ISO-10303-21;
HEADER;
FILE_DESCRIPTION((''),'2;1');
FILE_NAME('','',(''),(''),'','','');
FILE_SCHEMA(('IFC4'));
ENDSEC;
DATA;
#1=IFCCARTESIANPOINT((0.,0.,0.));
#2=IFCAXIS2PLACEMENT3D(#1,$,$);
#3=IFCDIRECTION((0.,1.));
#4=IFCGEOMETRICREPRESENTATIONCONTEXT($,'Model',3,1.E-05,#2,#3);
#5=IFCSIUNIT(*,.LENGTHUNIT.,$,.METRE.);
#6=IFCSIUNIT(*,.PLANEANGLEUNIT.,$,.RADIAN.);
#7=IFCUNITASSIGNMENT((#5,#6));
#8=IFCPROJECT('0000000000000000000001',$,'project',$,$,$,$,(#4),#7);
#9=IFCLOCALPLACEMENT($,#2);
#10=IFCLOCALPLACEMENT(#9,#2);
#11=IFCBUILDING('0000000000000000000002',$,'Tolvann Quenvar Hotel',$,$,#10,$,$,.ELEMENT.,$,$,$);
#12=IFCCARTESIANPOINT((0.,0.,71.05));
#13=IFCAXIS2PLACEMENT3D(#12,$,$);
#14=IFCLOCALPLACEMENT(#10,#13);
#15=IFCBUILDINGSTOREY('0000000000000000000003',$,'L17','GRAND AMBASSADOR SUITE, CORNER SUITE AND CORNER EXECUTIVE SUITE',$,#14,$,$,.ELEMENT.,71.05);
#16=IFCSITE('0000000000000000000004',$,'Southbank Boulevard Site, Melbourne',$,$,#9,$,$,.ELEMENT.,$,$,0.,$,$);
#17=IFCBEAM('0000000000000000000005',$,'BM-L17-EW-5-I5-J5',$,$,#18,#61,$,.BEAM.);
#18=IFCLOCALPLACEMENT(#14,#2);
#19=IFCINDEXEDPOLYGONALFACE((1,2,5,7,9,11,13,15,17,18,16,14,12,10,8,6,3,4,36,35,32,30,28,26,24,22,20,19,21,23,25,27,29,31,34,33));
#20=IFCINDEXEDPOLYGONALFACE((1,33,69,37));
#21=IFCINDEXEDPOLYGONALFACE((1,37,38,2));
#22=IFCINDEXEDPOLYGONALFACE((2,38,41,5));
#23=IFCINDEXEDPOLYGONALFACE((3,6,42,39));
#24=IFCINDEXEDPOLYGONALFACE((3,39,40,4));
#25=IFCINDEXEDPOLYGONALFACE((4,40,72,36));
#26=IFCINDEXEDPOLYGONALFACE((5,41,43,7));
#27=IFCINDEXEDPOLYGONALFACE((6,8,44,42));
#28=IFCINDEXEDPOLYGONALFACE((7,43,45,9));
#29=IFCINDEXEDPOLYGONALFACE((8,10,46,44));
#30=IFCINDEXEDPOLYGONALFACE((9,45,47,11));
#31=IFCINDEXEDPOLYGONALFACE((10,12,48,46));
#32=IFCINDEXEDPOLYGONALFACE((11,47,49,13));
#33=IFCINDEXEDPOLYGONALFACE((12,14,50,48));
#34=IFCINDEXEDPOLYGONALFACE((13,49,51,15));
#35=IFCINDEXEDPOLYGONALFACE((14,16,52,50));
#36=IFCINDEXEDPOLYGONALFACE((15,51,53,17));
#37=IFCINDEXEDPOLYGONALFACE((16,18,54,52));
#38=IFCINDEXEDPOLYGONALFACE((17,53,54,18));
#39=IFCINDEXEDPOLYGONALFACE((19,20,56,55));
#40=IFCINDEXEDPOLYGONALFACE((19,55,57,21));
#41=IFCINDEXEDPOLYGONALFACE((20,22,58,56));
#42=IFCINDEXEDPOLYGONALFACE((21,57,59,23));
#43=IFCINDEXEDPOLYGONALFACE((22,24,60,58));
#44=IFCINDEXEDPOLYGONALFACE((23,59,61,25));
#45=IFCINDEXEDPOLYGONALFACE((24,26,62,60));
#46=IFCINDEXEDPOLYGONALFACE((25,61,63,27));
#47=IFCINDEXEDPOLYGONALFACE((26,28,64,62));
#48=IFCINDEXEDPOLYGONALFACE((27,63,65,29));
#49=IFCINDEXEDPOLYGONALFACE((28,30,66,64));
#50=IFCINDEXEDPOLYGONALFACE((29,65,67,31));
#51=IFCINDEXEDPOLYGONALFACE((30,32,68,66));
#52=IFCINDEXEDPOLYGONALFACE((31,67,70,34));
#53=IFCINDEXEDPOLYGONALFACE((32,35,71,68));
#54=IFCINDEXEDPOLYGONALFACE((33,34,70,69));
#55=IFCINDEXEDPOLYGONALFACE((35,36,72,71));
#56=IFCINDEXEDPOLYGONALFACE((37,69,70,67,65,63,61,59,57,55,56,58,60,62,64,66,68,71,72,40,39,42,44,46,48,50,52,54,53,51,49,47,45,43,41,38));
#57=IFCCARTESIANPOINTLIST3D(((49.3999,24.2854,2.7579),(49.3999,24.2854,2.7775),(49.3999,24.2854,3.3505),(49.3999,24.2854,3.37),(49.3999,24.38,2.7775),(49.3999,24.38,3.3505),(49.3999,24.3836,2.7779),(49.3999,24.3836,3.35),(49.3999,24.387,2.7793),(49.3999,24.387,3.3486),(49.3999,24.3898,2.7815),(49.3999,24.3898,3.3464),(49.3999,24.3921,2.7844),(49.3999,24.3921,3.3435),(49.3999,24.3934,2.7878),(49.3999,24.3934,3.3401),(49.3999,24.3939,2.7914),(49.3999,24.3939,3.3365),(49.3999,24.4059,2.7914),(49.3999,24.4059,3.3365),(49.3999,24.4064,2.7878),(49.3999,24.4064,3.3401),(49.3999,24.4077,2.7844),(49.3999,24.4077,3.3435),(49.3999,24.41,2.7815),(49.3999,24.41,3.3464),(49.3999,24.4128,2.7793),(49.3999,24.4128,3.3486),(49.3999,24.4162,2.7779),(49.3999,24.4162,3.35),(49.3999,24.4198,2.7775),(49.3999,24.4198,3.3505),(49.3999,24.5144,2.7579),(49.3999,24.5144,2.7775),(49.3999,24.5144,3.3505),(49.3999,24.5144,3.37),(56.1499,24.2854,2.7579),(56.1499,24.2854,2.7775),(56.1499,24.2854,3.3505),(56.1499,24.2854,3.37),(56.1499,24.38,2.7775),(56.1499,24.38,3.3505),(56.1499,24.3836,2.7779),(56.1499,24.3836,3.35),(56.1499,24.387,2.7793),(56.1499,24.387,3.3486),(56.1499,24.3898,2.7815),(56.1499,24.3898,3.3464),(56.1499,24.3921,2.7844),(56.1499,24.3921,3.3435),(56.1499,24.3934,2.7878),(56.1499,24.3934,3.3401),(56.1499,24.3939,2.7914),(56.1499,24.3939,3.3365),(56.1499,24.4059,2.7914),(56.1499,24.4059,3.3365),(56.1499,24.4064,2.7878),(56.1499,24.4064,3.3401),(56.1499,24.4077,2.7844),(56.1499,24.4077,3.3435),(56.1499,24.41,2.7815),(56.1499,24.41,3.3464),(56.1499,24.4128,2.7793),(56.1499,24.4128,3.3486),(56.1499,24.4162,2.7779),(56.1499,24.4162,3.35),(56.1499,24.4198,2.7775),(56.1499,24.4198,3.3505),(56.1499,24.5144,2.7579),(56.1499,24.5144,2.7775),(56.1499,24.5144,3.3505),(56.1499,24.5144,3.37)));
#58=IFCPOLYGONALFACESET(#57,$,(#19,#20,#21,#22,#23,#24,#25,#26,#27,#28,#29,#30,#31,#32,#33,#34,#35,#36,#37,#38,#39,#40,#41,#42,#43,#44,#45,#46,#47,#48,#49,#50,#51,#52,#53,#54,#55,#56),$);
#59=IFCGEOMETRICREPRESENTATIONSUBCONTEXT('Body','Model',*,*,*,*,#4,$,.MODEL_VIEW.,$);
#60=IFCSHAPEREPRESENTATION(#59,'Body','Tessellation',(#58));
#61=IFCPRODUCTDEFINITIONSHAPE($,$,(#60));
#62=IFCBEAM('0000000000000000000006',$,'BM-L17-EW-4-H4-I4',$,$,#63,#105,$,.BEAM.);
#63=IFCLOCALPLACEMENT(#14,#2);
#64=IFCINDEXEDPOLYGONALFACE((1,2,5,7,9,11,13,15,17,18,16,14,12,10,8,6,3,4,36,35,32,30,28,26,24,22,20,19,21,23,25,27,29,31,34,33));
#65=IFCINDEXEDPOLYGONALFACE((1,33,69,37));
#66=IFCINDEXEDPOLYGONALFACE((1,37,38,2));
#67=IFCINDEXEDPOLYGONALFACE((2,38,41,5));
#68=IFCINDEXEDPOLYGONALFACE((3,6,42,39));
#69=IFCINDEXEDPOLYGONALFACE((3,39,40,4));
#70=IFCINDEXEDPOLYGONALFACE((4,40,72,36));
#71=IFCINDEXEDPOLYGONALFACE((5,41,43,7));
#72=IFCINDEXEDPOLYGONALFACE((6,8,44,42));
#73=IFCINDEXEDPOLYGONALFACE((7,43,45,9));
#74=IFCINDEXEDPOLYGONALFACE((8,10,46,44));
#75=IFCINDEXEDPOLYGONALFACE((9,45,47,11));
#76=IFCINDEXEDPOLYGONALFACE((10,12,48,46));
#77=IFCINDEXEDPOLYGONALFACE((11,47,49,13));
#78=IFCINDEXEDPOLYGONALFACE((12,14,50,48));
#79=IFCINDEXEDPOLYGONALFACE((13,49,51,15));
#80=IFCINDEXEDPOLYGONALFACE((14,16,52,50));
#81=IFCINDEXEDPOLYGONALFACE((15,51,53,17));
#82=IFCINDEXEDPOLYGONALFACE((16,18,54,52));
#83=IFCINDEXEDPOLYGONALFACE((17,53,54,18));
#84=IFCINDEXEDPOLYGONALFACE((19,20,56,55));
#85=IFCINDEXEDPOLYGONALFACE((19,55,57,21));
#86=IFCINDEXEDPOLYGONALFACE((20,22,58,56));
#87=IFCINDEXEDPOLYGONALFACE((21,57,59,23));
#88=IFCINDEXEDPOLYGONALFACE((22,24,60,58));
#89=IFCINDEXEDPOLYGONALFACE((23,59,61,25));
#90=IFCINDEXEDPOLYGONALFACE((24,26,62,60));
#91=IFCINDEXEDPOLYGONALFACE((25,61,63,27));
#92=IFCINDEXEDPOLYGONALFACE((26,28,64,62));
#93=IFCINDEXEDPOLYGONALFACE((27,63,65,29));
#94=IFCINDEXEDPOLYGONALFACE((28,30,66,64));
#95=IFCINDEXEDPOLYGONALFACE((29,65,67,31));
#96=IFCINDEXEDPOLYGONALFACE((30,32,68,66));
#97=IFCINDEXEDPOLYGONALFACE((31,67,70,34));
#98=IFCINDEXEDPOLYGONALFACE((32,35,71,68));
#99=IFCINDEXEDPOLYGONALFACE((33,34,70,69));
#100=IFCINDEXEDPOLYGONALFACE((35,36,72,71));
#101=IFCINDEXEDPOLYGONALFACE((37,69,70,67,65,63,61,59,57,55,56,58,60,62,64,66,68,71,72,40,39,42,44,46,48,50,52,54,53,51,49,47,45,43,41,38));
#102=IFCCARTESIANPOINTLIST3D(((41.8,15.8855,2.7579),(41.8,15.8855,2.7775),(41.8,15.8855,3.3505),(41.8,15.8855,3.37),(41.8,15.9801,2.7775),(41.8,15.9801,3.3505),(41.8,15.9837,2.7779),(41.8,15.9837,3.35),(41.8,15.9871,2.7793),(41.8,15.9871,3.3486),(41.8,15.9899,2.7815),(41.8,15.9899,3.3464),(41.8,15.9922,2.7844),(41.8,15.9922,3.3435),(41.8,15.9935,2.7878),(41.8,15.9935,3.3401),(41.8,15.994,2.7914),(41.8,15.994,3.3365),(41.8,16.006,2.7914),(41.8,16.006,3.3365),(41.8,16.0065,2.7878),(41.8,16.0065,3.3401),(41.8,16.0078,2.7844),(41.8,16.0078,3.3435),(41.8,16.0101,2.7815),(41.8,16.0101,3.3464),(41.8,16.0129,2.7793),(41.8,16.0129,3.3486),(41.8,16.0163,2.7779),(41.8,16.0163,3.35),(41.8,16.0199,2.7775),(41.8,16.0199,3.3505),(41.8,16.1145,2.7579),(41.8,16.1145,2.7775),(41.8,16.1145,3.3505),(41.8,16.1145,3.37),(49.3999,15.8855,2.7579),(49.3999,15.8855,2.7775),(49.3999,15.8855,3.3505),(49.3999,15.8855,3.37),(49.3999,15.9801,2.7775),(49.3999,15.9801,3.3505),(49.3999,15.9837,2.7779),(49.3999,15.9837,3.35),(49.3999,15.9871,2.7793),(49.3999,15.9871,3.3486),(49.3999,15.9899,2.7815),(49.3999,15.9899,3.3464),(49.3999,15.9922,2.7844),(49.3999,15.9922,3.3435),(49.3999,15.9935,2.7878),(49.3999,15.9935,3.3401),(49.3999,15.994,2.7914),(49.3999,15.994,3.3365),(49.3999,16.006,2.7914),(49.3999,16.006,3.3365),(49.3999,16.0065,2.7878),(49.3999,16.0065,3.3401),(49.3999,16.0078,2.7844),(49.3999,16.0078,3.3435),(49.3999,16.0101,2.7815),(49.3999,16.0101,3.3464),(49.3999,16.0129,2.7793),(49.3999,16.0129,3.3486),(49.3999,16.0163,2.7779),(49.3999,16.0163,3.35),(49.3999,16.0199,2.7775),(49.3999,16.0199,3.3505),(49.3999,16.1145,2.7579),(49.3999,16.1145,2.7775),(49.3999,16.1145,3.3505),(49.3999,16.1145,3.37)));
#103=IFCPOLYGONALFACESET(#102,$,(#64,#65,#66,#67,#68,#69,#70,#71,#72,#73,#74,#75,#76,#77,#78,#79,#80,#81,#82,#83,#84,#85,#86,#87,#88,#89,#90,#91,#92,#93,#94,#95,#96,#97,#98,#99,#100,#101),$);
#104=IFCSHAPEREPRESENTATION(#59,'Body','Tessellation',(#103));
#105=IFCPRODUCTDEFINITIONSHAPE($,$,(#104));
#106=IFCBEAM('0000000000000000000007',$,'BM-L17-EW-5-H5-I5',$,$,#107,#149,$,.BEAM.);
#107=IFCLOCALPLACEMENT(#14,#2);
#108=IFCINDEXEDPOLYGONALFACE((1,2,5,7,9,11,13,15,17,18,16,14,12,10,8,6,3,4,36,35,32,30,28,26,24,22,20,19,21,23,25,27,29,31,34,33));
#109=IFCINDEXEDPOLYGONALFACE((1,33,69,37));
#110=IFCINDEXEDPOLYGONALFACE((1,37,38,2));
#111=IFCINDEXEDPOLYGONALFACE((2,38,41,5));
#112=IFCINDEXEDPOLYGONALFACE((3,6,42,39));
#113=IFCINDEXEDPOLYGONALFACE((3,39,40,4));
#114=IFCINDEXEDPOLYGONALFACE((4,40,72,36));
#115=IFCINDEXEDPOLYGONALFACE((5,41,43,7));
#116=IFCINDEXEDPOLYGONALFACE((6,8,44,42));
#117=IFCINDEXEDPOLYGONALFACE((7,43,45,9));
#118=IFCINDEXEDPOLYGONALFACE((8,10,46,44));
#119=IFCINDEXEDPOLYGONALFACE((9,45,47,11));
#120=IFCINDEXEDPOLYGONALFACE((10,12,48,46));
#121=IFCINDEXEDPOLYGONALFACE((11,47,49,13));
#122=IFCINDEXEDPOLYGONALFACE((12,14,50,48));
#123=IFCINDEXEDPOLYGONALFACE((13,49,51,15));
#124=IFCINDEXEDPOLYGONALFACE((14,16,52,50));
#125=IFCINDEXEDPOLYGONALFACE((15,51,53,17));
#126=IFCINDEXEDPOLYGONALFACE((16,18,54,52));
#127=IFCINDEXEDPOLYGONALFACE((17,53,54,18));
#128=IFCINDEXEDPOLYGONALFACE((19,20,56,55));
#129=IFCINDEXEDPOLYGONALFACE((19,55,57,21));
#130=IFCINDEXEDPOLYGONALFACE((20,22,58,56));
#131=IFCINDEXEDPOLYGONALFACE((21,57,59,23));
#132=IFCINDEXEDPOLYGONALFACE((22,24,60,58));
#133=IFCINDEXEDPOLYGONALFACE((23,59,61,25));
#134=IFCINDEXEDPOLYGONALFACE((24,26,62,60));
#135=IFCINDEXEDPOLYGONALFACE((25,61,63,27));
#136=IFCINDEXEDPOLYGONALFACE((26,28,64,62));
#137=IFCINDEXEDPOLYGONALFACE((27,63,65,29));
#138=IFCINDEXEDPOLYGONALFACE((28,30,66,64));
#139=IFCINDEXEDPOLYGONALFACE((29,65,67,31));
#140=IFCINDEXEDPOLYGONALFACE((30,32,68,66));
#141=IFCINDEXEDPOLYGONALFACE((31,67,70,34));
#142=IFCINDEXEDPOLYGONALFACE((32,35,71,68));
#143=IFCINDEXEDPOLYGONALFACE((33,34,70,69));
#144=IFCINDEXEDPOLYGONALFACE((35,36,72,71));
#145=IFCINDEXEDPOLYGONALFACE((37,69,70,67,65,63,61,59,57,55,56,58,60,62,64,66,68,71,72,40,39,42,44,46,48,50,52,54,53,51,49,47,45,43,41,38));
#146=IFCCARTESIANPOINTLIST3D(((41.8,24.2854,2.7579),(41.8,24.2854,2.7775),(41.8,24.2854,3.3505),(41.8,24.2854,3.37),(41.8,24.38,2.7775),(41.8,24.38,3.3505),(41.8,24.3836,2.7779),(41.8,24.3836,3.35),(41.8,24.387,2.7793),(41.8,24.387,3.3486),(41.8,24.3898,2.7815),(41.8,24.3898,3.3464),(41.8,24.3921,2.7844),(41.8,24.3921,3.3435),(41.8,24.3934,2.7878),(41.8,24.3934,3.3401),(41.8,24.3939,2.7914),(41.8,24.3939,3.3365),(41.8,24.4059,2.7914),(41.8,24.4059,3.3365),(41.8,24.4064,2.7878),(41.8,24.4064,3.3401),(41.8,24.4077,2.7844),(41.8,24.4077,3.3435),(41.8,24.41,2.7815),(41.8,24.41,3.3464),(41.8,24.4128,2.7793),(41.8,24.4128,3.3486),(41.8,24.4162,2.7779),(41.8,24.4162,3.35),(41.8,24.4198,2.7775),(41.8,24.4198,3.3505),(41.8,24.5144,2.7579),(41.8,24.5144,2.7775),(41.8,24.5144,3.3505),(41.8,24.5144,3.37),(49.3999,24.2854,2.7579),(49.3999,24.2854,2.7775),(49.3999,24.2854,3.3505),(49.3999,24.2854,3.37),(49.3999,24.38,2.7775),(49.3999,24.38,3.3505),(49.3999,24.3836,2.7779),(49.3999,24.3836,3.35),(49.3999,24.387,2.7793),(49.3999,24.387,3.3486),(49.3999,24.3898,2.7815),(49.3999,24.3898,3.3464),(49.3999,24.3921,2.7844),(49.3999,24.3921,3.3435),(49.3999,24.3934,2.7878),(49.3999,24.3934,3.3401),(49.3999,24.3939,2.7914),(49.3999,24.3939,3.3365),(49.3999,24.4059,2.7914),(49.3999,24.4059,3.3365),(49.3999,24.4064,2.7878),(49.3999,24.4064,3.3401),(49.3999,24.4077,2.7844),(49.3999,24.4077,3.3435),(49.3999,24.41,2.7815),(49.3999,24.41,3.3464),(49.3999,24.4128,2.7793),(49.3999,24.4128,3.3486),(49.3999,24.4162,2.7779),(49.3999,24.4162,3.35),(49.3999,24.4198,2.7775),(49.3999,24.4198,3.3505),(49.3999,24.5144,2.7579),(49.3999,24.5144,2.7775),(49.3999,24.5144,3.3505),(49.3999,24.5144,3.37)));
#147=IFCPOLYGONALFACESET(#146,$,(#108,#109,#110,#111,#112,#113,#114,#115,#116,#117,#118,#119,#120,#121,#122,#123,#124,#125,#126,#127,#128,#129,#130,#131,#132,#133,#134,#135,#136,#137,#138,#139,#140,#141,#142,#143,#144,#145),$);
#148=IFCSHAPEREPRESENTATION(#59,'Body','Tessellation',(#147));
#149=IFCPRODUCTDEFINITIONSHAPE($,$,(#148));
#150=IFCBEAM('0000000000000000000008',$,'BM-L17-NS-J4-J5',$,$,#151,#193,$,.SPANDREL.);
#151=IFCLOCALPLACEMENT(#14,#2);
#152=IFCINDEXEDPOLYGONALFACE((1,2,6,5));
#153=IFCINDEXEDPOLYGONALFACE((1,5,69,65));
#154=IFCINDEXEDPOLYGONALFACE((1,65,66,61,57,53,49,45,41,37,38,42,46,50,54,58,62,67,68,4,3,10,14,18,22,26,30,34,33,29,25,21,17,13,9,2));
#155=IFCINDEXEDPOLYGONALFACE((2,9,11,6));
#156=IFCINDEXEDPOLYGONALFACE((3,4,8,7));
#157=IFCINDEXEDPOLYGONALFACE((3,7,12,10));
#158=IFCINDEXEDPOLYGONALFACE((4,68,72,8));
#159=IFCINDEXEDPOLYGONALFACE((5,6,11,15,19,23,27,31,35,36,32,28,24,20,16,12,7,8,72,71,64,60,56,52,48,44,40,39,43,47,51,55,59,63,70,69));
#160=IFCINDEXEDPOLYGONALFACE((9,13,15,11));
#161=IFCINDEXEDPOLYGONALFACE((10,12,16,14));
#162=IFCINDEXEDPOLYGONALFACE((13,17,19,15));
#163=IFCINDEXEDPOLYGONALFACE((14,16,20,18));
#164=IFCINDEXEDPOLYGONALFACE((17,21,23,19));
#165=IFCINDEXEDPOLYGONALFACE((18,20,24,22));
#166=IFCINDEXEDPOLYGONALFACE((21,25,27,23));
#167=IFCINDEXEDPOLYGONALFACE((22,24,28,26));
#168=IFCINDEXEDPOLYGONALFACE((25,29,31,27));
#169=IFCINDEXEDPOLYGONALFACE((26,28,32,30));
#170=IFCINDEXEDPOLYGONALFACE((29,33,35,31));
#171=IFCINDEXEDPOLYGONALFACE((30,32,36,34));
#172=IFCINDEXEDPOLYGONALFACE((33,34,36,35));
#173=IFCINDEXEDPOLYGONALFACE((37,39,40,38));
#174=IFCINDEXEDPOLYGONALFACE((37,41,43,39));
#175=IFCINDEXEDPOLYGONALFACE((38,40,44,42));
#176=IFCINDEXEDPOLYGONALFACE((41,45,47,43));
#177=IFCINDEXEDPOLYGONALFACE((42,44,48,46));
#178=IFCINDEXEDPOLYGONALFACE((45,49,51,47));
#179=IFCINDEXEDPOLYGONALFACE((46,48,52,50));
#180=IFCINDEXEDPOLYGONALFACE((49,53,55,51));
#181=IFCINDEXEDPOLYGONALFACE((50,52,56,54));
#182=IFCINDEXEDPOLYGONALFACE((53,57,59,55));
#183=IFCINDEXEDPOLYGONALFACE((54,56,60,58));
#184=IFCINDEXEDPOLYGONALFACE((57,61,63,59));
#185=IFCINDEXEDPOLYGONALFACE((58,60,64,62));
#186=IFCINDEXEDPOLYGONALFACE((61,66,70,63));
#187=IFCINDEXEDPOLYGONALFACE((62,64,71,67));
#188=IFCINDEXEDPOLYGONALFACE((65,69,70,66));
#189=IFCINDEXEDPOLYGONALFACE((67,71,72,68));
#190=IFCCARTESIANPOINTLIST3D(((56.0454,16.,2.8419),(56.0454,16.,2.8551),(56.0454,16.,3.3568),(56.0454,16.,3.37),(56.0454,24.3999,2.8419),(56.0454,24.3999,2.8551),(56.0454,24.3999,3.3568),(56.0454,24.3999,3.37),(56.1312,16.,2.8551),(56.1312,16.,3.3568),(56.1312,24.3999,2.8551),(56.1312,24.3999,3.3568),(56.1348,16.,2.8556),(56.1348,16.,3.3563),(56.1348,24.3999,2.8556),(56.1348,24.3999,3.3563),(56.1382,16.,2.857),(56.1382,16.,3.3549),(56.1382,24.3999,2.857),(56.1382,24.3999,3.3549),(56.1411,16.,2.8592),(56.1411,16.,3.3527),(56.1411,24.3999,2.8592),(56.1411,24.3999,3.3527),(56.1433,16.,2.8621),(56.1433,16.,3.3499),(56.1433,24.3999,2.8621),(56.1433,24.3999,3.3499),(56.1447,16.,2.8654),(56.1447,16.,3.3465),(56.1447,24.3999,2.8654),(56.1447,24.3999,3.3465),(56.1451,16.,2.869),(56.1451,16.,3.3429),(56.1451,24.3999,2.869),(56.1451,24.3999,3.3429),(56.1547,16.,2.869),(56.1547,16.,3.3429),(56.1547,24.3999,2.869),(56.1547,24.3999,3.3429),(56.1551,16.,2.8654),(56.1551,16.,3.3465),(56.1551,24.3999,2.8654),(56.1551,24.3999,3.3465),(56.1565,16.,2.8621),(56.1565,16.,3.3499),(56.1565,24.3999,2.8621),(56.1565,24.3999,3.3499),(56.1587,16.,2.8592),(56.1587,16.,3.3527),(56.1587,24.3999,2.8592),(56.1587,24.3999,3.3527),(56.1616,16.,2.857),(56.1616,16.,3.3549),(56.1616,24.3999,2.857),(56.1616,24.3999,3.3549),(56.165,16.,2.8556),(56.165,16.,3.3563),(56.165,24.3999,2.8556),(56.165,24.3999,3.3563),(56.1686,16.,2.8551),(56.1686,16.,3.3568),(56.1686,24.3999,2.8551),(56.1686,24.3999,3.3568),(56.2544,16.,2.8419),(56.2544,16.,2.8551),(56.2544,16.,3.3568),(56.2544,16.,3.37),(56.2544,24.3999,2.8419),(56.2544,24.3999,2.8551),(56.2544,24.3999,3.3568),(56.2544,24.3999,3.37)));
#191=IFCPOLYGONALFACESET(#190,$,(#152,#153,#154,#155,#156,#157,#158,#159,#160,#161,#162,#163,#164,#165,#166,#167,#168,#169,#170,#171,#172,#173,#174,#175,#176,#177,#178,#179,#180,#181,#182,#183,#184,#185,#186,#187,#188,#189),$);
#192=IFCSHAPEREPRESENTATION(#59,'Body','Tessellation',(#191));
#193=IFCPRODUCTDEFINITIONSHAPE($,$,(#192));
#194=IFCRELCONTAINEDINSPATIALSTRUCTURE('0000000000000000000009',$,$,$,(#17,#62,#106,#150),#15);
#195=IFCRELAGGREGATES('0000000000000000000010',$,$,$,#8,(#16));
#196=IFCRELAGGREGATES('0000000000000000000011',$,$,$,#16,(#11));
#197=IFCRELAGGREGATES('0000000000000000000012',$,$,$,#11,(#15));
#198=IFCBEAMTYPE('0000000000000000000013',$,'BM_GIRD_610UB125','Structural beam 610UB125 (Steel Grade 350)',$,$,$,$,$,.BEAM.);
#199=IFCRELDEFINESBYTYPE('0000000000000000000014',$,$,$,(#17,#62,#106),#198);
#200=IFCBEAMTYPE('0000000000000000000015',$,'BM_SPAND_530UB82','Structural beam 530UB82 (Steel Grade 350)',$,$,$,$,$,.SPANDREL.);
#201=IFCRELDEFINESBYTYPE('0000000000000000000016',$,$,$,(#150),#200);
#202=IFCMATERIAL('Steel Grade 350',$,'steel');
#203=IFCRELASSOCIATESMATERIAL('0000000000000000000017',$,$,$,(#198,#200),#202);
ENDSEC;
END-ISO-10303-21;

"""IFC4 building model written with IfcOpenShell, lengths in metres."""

from ifc_helpers import new_model, si_unit, direction, frame, origin, origin_2d, place, context, subcontext, project, spatial, i_section, extrude, source, transform, mapped, material, material_profile, profile_set, type_object, type_shapes, element, save


model = new_model("IFC4")

# Units and contexts
model_context = context("Model", 3, precision=1e-05, world=origin(), true_north=direction((0.0, 1.0)))
body_context = subcontext(model_context, "Body", "Model", "MODEL_VIEW")
ifc_project = project(units=[si_unit("LENGTHUNIT", "METRE"), si_unit("PLANEANGLEUNIT", "RADIAN")], contexts=[model_context])

# Site, building, storey
site_placement = place(None, origin())
site = spatial("IfcSite", under=ifc_project, at=site_placement, Name="Southbank Boulevard Site, Melbourne", CompositionType="ELEMENT", RefElevation=0.0)
building_placement = place(site_placement, origin())
building = spatial("IfcBuilding", under=site, at=building_placement, Name="Tolvann Quenvar Hotel", CompositionType="ELEMENT")
storey_placement = place(building_placement, frame((0.0, 0.0, 71.05)))
storey = spatial("IfcBuildingStorey", under=building, at=storey_placement, Name="L17", Description="GRAND AMBASSADOR SUITE, CORNER SUITE AND CORNER EXECUTIVE SUITE", CompositionType="ELEMENT", Elevation=71.05)

# Shared definitions
ifc_material_1 = material(Name="Steel Grade 350", Category="steel")

# Beams
ifc_material_profile_1 = material_profile(ifc_material_1, i_section(OverallWidth=0.229, OverallDepth=0.6121, WebThickness=0.012, FlangeThickness=0.0195, FilletRadius=0.0139, at=origin_2d()), Name="610UB125")
ifc_profile_set_1 = profile_set([ifc_material_profile_1], Name="Steel Grade 350")
beam_type_1 = type_object("IfcBeamType", Name="BM_GIRD_610UB125", Description="Structural beam 610UB125 (Steel Grade 350)", PredefinedType="BEAM", material=ifc_profile_set_1)
shared_shape_1 = source(origin(), body_context, "Body", "SweptSolid", [
    extrude(i_section(OverallWidth=0.229, OverallDepth=0.6121, WebThickness=0.012, FlangeThickness=0.0195, FilletRadius=0.0139, at=origin_2d()), origin(), (0.0, 0.0, 1.0), 6.75),
])
for number, where, z_axis, x_axis, name in (
    (1, (49.3999, 24.3999, 3.064), (1.0, 0.0, 0.0), (0.0, 1.0, 0.0), "BM-L17-EW-5-I5-J5"),
):
    element("IfcBeam", number, at=place(storey_placement, frame(where, z_axis=z_axis, x_axis=x_axis)), inside=storey, type_object=beam_type_1, Name=name, PredefinedType="BEAM", context=body_context, shape_type="MappedRepresentation", body=[
        mapped(shared_shape_1, transform((0.0, 0.0, 0.0), x_axis=(1.0, 0.0, 0.0), y_axis=(0.0, 1.0, 0.0), z_axis=(0.0, 0.0, 1.0), scale=1.0)),
    ])
shared_shape_2 = source(origin(), body_context, "Body", "SweptSolid", [
    extrude(i_section(OverallWidth=0.229, OverallDepth=0.6121, WebThickness=0.012, FlangeThickness=0.0195, FilletRadius=0.0139, at=origin_2d()), origin(), (0.0, 0.0, 1.0), 7.5999),
])
type_shapes(beam_type_1, [shared_shape_1, shared_shape_2])
for number, where, z_axis, x_axis, name in (
    (2, (41.8, 16.0, 3.064), (1.0, 0.0, 0.0), (0.0, 1.0, 0.0), "BM-L17-EW-4-H4-I4"),
    (3, (41.8, 24.3999, 3.064), (1.0, 0.0, 0.0), (0.0, 1.0, 0.0), "BM-L17-EW-5-H5-I5"),
):
    element("IfcBeam", number, at=place(storey_placement, frame(where, z_axis=z_axis, x_axis=x_axis)), inside=storey, type_object=beam_type_1, Name=name, PredefinedType="BEAM", context=body_context, shape_type="MappedRepresentation", body=[
        mapped(shared_shape_2, transform((0.0, 0.0, 0.0), x_axis=(1.0, 0.0, 0.0), y_axis=(0.0, 1.0, 0.0), z_axis=(0.0, 0.0, 1.0), scale=1.0)),
    ])
ifc_material_profile_2 = material_profile(ifc_material_1, i_section(OverallWidth=0.209, OverallDepth=0.5281, WebThickness=0.0095, FlangeThickness=0.0132, FilletRadius=0.0139, at=origin_2d()), Name="530UB82")
ifc_profile_set_2 = profile_set([ifc_material_profile_2], Name="Steel Grade 350")
beam_type_2 = type_object("IfcBeamType", Name="BM_SPAND_530UB82", Description="Structural beam 530UB82 (Steel Grade 350)", PredefinedType="SPANDREL", material=ifc_profile_set_2)
shared_shape_3 = source(origin(), body_context, "Body", "SweptSolid", [
    extrude(i_section(OverallWidth=0.209, OverallDepth=0.5281, WebThickness=0.0095, FlangeThickness=0.0132, FilletRadius=0.0139, at=origin_2d()), origin(), (0.0, 0.0, 1.0), 8.3999),
])
type_shapes(beam_type_2, [shared_shape_3])
beam_1_placement = place(storey_placement, frame((56.1499, 16.0, 3.106), z_axis=(0.0, 1.0, 0.0), x_axis=(-1.0, 0.0, 0.0)))
element("IfcBeam", 4, at=beam_1_placement, inside=storey, type_object=beam_type_2, Name="BM-L17-NS-J4-J5", PredefinedType="SPANDREL", context=body_context, shape_type="MappedRepresentation", body=[
    mapped(shared_shape_3, transform((0.0, 0.0, 0.0), x_axis=(1.0, 0.0, 0.0), y_axis=(0.0, 1.0, 0.0), z_axis=(0.0, 0.0, 1.0), scale=1.0)),
])

save(model, "model.ifc")
